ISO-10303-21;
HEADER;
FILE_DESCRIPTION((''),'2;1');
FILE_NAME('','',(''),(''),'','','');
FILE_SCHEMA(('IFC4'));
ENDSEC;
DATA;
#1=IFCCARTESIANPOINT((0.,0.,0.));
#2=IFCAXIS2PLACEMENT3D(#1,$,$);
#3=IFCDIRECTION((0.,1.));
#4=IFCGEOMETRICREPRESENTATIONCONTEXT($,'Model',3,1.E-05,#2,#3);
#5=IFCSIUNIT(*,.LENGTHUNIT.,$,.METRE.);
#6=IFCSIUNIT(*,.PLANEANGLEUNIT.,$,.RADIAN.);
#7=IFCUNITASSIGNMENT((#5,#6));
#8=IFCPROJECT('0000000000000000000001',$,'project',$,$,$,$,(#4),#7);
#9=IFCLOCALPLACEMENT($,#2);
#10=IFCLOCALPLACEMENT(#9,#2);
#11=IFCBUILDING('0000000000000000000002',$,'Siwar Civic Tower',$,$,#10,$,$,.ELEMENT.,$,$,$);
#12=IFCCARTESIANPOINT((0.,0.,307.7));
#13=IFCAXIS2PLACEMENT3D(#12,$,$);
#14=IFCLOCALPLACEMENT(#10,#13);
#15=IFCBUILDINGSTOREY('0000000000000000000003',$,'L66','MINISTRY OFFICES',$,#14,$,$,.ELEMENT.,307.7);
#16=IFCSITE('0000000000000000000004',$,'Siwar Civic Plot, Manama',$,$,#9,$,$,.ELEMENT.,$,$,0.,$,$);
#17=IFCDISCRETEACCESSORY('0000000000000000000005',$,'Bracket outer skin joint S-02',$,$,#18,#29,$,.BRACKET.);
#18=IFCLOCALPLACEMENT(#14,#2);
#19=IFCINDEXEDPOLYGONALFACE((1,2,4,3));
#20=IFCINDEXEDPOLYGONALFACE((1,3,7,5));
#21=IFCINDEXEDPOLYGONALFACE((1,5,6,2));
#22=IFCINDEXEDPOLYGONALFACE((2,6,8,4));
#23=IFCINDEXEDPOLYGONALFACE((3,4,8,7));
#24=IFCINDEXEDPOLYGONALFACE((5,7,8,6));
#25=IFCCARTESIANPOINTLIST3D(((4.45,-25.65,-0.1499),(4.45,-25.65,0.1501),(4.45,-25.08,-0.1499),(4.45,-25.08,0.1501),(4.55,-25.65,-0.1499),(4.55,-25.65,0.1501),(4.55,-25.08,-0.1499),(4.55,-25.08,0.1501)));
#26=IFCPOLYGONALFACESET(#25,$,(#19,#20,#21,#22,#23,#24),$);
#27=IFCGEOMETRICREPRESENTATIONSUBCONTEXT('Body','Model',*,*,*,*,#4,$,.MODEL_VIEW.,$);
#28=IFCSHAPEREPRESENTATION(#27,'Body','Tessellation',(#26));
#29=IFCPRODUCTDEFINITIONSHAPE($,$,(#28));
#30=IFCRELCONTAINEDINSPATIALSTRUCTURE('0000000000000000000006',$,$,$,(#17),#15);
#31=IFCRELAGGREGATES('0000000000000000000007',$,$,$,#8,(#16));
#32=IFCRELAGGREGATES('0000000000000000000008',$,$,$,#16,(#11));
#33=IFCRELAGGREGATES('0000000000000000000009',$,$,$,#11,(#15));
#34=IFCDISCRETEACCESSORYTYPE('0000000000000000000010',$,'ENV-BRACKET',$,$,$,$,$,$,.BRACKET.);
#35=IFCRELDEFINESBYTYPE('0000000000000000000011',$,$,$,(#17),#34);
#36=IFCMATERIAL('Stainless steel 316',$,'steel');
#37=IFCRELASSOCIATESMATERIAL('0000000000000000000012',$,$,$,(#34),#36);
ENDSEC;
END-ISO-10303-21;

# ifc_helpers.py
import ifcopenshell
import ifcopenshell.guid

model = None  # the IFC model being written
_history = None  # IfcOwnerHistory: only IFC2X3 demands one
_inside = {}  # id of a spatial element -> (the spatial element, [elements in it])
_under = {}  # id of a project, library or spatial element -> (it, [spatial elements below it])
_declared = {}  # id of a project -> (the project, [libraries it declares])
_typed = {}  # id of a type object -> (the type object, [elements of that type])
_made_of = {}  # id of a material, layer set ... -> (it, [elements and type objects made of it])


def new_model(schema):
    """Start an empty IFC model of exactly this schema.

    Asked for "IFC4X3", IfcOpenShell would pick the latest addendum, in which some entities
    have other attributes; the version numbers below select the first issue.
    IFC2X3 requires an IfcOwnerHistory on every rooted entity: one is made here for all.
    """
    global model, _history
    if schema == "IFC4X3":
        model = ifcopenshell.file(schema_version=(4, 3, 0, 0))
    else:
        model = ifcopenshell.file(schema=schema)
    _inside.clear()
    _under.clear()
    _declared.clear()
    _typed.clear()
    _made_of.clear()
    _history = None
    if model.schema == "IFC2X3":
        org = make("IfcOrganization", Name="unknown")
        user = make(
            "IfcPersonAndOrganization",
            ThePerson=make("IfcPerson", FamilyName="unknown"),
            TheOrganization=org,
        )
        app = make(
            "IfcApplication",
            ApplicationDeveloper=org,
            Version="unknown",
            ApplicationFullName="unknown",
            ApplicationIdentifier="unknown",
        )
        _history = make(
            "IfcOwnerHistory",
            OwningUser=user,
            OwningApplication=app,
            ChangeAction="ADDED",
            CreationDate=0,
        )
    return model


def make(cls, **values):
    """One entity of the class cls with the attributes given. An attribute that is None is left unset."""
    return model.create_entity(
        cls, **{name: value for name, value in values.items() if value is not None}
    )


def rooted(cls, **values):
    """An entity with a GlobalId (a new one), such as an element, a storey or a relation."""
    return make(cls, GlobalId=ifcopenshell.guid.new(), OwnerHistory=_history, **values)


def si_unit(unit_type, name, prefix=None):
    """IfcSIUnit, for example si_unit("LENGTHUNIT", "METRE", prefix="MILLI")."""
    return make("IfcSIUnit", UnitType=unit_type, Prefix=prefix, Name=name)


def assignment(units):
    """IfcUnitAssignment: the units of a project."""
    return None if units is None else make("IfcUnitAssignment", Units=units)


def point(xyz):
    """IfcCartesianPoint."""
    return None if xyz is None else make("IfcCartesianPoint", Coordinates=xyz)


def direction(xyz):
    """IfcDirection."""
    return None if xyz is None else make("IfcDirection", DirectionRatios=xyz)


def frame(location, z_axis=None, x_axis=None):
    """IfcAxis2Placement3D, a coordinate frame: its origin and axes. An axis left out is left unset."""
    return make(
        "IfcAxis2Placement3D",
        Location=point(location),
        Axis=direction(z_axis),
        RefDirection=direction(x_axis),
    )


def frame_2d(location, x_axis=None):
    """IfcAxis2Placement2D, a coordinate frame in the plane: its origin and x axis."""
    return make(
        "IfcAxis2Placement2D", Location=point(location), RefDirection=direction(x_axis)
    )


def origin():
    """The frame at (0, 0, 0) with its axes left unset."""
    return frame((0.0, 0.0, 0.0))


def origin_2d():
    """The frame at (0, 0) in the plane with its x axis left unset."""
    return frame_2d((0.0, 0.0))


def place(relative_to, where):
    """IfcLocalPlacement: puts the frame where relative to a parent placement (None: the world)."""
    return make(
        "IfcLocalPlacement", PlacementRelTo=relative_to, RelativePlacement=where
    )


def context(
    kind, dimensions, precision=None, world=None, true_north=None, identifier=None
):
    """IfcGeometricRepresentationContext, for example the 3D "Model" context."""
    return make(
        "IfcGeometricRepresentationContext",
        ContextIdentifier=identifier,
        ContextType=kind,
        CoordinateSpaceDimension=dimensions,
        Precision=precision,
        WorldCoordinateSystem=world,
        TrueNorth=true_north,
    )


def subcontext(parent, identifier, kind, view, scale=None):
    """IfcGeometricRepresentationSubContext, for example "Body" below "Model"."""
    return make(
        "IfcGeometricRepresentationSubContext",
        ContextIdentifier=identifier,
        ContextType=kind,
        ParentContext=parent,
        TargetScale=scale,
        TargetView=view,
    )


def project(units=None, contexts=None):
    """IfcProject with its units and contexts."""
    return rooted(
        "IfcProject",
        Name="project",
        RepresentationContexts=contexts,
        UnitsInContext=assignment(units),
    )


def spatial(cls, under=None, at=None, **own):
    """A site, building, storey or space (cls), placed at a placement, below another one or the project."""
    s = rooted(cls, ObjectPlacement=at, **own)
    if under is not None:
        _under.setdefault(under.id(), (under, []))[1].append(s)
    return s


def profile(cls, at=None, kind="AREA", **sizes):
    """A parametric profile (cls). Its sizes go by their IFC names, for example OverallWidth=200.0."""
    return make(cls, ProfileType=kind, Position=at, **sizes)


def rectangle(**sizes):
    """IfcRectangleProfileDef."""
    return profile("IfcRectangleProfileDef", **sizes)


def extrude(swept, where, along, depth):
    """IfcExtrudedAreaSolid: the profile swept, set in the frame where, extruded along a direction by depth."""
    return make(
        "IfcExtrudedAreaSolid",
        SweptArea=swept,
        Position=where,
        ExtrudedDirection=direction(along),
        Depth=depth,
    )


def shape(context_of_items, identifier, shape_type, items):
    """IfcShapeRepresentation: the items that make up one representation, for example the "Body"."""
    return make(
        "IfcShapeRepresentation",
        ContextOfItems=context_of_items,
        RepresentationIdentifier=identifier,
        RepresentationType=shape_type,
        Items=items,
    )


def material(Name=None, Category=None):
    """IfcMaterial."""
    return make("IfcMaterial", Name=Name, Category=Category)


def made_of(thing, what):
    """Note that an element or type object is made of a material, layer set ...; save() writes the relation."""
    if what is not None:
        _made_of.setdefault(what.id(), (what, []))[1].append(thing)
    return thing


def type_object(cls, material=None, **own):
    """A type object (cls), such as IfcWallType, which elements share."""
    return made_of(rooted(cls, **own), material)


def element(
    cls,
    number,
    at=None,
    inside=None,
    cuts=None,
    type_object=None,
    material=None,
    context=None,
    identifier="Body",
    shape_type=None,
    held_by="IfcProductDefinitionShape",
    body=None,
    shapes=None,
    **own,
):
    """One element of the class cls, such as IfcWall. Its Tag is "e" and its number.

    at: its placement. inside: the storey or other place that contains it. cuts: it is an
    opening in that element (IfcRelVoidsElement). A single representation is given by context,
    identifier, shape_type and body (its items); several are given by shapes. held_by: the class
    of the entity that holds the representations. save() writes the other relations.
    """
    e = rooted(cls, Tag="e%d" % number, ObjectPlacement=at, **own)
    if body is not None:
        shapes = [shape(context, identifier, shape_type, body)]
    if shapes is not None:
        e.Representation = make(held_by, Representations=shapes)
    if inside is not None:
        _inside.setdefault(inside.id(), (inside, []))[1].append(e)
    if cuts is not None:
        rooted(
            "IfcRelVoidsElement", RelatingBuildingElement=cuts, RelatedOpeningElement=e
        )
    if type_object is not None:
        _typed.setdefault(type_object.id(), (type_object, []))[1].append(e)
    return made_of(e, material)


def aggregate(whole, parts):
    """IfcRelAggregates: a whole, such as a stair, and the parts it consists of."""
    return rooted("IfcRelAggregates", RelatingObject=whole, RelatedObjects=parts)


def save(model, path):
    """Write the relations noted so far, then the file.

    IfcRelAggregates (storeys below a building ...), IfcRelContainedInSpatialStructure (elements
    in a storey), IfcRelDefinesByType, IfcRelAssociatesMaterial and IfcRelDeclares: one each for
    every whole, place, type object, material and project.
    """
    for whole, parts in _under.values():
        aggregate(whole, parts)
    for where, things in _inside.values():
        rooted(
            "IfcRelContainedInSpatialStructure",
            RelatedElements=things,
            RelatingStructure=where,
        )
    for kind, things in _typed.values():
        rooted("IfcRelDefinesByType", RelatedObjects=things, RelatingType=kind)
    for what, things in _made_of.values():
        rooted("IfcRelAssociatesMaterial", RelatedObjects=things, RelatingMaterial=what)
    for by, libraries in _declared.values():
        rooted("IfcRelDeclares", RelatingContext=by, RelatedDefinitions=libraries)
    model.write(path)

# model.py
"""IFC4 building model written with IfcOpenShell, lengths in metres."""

from ifc_helpers import new_model, si_unit, direction, frame, origin, origin_2d, place, context, subcontext, project, spatial, rectangle, extrude, material, type_object, element, save


model = new_model("IFC4")

# Units and contexts
model_context = context("Model", 3, precision=1e-05, world=origin(), true_north=direction((0.0, 1.0)))
body_context = subcontext(model_context, "Body", "Model", "MODEL_VIEW")
ifc_project = project(units=[si_unit("LENGTHUNIT", "METRE"), si_unit("PLANEANGLEUNIT", "RADIAN")], contexts=[model_context])

# Site, building, storey
site_placement = place(None, origin())
site = spatial("IfcSite", under=ifc_project, at=site_placement, Name="Siwar Civic Plot, Manama", CompositionType="ELEMENT", RefElevation=0.0)
building_placement = place(site_placement, origin())
building = spatial("IfcBuilding", under=site, at=building_placement, Name="Siwar Civic Tower", CompositionType="ELEMENT")
storey_placement = place(building_placement, frame((0.0, 0.0, 307.7)))
storey = spatial("IfcBuildingStorey", under=building, at=storey_placement, Name="L66", Description="MINISTRY OFFICES", CompositionType="ELEMENT", Elevation=307.7)

# Discrete accessory
ifc_material_1 = material(Name="Stainless steel 316", Category="steel")
discrete_accessory_type = type_object("IfcDiscreteAccessoryType", Name="ENV-BRACKET", PredefinedType="BRACKET", material=ifc_material_1)
discrete_accessory_placement = place(storey_placement, frame((4.5, -25.365, -0.1499), z_axis=(0.0, 0.0, 1.0), x_axis=(0.0, -1.0, 0.0)))
element("IfcDiscreteAccessory", 1, at=discrete_accessory_placement, inside=storey, type_object=discrete_accessory_type, Name="Bracket outer skin joint S-02", PredefinedType="BRACKET", context=body_context, shape_type="SweptSolid", body=[
    extrude(rectangle(XDim=0.5701, YDim=0.1001, at=origin_2d()), origin(), (0.0, 0.0, 1.0), 0.3),
])

save(model, "model.ifc")
